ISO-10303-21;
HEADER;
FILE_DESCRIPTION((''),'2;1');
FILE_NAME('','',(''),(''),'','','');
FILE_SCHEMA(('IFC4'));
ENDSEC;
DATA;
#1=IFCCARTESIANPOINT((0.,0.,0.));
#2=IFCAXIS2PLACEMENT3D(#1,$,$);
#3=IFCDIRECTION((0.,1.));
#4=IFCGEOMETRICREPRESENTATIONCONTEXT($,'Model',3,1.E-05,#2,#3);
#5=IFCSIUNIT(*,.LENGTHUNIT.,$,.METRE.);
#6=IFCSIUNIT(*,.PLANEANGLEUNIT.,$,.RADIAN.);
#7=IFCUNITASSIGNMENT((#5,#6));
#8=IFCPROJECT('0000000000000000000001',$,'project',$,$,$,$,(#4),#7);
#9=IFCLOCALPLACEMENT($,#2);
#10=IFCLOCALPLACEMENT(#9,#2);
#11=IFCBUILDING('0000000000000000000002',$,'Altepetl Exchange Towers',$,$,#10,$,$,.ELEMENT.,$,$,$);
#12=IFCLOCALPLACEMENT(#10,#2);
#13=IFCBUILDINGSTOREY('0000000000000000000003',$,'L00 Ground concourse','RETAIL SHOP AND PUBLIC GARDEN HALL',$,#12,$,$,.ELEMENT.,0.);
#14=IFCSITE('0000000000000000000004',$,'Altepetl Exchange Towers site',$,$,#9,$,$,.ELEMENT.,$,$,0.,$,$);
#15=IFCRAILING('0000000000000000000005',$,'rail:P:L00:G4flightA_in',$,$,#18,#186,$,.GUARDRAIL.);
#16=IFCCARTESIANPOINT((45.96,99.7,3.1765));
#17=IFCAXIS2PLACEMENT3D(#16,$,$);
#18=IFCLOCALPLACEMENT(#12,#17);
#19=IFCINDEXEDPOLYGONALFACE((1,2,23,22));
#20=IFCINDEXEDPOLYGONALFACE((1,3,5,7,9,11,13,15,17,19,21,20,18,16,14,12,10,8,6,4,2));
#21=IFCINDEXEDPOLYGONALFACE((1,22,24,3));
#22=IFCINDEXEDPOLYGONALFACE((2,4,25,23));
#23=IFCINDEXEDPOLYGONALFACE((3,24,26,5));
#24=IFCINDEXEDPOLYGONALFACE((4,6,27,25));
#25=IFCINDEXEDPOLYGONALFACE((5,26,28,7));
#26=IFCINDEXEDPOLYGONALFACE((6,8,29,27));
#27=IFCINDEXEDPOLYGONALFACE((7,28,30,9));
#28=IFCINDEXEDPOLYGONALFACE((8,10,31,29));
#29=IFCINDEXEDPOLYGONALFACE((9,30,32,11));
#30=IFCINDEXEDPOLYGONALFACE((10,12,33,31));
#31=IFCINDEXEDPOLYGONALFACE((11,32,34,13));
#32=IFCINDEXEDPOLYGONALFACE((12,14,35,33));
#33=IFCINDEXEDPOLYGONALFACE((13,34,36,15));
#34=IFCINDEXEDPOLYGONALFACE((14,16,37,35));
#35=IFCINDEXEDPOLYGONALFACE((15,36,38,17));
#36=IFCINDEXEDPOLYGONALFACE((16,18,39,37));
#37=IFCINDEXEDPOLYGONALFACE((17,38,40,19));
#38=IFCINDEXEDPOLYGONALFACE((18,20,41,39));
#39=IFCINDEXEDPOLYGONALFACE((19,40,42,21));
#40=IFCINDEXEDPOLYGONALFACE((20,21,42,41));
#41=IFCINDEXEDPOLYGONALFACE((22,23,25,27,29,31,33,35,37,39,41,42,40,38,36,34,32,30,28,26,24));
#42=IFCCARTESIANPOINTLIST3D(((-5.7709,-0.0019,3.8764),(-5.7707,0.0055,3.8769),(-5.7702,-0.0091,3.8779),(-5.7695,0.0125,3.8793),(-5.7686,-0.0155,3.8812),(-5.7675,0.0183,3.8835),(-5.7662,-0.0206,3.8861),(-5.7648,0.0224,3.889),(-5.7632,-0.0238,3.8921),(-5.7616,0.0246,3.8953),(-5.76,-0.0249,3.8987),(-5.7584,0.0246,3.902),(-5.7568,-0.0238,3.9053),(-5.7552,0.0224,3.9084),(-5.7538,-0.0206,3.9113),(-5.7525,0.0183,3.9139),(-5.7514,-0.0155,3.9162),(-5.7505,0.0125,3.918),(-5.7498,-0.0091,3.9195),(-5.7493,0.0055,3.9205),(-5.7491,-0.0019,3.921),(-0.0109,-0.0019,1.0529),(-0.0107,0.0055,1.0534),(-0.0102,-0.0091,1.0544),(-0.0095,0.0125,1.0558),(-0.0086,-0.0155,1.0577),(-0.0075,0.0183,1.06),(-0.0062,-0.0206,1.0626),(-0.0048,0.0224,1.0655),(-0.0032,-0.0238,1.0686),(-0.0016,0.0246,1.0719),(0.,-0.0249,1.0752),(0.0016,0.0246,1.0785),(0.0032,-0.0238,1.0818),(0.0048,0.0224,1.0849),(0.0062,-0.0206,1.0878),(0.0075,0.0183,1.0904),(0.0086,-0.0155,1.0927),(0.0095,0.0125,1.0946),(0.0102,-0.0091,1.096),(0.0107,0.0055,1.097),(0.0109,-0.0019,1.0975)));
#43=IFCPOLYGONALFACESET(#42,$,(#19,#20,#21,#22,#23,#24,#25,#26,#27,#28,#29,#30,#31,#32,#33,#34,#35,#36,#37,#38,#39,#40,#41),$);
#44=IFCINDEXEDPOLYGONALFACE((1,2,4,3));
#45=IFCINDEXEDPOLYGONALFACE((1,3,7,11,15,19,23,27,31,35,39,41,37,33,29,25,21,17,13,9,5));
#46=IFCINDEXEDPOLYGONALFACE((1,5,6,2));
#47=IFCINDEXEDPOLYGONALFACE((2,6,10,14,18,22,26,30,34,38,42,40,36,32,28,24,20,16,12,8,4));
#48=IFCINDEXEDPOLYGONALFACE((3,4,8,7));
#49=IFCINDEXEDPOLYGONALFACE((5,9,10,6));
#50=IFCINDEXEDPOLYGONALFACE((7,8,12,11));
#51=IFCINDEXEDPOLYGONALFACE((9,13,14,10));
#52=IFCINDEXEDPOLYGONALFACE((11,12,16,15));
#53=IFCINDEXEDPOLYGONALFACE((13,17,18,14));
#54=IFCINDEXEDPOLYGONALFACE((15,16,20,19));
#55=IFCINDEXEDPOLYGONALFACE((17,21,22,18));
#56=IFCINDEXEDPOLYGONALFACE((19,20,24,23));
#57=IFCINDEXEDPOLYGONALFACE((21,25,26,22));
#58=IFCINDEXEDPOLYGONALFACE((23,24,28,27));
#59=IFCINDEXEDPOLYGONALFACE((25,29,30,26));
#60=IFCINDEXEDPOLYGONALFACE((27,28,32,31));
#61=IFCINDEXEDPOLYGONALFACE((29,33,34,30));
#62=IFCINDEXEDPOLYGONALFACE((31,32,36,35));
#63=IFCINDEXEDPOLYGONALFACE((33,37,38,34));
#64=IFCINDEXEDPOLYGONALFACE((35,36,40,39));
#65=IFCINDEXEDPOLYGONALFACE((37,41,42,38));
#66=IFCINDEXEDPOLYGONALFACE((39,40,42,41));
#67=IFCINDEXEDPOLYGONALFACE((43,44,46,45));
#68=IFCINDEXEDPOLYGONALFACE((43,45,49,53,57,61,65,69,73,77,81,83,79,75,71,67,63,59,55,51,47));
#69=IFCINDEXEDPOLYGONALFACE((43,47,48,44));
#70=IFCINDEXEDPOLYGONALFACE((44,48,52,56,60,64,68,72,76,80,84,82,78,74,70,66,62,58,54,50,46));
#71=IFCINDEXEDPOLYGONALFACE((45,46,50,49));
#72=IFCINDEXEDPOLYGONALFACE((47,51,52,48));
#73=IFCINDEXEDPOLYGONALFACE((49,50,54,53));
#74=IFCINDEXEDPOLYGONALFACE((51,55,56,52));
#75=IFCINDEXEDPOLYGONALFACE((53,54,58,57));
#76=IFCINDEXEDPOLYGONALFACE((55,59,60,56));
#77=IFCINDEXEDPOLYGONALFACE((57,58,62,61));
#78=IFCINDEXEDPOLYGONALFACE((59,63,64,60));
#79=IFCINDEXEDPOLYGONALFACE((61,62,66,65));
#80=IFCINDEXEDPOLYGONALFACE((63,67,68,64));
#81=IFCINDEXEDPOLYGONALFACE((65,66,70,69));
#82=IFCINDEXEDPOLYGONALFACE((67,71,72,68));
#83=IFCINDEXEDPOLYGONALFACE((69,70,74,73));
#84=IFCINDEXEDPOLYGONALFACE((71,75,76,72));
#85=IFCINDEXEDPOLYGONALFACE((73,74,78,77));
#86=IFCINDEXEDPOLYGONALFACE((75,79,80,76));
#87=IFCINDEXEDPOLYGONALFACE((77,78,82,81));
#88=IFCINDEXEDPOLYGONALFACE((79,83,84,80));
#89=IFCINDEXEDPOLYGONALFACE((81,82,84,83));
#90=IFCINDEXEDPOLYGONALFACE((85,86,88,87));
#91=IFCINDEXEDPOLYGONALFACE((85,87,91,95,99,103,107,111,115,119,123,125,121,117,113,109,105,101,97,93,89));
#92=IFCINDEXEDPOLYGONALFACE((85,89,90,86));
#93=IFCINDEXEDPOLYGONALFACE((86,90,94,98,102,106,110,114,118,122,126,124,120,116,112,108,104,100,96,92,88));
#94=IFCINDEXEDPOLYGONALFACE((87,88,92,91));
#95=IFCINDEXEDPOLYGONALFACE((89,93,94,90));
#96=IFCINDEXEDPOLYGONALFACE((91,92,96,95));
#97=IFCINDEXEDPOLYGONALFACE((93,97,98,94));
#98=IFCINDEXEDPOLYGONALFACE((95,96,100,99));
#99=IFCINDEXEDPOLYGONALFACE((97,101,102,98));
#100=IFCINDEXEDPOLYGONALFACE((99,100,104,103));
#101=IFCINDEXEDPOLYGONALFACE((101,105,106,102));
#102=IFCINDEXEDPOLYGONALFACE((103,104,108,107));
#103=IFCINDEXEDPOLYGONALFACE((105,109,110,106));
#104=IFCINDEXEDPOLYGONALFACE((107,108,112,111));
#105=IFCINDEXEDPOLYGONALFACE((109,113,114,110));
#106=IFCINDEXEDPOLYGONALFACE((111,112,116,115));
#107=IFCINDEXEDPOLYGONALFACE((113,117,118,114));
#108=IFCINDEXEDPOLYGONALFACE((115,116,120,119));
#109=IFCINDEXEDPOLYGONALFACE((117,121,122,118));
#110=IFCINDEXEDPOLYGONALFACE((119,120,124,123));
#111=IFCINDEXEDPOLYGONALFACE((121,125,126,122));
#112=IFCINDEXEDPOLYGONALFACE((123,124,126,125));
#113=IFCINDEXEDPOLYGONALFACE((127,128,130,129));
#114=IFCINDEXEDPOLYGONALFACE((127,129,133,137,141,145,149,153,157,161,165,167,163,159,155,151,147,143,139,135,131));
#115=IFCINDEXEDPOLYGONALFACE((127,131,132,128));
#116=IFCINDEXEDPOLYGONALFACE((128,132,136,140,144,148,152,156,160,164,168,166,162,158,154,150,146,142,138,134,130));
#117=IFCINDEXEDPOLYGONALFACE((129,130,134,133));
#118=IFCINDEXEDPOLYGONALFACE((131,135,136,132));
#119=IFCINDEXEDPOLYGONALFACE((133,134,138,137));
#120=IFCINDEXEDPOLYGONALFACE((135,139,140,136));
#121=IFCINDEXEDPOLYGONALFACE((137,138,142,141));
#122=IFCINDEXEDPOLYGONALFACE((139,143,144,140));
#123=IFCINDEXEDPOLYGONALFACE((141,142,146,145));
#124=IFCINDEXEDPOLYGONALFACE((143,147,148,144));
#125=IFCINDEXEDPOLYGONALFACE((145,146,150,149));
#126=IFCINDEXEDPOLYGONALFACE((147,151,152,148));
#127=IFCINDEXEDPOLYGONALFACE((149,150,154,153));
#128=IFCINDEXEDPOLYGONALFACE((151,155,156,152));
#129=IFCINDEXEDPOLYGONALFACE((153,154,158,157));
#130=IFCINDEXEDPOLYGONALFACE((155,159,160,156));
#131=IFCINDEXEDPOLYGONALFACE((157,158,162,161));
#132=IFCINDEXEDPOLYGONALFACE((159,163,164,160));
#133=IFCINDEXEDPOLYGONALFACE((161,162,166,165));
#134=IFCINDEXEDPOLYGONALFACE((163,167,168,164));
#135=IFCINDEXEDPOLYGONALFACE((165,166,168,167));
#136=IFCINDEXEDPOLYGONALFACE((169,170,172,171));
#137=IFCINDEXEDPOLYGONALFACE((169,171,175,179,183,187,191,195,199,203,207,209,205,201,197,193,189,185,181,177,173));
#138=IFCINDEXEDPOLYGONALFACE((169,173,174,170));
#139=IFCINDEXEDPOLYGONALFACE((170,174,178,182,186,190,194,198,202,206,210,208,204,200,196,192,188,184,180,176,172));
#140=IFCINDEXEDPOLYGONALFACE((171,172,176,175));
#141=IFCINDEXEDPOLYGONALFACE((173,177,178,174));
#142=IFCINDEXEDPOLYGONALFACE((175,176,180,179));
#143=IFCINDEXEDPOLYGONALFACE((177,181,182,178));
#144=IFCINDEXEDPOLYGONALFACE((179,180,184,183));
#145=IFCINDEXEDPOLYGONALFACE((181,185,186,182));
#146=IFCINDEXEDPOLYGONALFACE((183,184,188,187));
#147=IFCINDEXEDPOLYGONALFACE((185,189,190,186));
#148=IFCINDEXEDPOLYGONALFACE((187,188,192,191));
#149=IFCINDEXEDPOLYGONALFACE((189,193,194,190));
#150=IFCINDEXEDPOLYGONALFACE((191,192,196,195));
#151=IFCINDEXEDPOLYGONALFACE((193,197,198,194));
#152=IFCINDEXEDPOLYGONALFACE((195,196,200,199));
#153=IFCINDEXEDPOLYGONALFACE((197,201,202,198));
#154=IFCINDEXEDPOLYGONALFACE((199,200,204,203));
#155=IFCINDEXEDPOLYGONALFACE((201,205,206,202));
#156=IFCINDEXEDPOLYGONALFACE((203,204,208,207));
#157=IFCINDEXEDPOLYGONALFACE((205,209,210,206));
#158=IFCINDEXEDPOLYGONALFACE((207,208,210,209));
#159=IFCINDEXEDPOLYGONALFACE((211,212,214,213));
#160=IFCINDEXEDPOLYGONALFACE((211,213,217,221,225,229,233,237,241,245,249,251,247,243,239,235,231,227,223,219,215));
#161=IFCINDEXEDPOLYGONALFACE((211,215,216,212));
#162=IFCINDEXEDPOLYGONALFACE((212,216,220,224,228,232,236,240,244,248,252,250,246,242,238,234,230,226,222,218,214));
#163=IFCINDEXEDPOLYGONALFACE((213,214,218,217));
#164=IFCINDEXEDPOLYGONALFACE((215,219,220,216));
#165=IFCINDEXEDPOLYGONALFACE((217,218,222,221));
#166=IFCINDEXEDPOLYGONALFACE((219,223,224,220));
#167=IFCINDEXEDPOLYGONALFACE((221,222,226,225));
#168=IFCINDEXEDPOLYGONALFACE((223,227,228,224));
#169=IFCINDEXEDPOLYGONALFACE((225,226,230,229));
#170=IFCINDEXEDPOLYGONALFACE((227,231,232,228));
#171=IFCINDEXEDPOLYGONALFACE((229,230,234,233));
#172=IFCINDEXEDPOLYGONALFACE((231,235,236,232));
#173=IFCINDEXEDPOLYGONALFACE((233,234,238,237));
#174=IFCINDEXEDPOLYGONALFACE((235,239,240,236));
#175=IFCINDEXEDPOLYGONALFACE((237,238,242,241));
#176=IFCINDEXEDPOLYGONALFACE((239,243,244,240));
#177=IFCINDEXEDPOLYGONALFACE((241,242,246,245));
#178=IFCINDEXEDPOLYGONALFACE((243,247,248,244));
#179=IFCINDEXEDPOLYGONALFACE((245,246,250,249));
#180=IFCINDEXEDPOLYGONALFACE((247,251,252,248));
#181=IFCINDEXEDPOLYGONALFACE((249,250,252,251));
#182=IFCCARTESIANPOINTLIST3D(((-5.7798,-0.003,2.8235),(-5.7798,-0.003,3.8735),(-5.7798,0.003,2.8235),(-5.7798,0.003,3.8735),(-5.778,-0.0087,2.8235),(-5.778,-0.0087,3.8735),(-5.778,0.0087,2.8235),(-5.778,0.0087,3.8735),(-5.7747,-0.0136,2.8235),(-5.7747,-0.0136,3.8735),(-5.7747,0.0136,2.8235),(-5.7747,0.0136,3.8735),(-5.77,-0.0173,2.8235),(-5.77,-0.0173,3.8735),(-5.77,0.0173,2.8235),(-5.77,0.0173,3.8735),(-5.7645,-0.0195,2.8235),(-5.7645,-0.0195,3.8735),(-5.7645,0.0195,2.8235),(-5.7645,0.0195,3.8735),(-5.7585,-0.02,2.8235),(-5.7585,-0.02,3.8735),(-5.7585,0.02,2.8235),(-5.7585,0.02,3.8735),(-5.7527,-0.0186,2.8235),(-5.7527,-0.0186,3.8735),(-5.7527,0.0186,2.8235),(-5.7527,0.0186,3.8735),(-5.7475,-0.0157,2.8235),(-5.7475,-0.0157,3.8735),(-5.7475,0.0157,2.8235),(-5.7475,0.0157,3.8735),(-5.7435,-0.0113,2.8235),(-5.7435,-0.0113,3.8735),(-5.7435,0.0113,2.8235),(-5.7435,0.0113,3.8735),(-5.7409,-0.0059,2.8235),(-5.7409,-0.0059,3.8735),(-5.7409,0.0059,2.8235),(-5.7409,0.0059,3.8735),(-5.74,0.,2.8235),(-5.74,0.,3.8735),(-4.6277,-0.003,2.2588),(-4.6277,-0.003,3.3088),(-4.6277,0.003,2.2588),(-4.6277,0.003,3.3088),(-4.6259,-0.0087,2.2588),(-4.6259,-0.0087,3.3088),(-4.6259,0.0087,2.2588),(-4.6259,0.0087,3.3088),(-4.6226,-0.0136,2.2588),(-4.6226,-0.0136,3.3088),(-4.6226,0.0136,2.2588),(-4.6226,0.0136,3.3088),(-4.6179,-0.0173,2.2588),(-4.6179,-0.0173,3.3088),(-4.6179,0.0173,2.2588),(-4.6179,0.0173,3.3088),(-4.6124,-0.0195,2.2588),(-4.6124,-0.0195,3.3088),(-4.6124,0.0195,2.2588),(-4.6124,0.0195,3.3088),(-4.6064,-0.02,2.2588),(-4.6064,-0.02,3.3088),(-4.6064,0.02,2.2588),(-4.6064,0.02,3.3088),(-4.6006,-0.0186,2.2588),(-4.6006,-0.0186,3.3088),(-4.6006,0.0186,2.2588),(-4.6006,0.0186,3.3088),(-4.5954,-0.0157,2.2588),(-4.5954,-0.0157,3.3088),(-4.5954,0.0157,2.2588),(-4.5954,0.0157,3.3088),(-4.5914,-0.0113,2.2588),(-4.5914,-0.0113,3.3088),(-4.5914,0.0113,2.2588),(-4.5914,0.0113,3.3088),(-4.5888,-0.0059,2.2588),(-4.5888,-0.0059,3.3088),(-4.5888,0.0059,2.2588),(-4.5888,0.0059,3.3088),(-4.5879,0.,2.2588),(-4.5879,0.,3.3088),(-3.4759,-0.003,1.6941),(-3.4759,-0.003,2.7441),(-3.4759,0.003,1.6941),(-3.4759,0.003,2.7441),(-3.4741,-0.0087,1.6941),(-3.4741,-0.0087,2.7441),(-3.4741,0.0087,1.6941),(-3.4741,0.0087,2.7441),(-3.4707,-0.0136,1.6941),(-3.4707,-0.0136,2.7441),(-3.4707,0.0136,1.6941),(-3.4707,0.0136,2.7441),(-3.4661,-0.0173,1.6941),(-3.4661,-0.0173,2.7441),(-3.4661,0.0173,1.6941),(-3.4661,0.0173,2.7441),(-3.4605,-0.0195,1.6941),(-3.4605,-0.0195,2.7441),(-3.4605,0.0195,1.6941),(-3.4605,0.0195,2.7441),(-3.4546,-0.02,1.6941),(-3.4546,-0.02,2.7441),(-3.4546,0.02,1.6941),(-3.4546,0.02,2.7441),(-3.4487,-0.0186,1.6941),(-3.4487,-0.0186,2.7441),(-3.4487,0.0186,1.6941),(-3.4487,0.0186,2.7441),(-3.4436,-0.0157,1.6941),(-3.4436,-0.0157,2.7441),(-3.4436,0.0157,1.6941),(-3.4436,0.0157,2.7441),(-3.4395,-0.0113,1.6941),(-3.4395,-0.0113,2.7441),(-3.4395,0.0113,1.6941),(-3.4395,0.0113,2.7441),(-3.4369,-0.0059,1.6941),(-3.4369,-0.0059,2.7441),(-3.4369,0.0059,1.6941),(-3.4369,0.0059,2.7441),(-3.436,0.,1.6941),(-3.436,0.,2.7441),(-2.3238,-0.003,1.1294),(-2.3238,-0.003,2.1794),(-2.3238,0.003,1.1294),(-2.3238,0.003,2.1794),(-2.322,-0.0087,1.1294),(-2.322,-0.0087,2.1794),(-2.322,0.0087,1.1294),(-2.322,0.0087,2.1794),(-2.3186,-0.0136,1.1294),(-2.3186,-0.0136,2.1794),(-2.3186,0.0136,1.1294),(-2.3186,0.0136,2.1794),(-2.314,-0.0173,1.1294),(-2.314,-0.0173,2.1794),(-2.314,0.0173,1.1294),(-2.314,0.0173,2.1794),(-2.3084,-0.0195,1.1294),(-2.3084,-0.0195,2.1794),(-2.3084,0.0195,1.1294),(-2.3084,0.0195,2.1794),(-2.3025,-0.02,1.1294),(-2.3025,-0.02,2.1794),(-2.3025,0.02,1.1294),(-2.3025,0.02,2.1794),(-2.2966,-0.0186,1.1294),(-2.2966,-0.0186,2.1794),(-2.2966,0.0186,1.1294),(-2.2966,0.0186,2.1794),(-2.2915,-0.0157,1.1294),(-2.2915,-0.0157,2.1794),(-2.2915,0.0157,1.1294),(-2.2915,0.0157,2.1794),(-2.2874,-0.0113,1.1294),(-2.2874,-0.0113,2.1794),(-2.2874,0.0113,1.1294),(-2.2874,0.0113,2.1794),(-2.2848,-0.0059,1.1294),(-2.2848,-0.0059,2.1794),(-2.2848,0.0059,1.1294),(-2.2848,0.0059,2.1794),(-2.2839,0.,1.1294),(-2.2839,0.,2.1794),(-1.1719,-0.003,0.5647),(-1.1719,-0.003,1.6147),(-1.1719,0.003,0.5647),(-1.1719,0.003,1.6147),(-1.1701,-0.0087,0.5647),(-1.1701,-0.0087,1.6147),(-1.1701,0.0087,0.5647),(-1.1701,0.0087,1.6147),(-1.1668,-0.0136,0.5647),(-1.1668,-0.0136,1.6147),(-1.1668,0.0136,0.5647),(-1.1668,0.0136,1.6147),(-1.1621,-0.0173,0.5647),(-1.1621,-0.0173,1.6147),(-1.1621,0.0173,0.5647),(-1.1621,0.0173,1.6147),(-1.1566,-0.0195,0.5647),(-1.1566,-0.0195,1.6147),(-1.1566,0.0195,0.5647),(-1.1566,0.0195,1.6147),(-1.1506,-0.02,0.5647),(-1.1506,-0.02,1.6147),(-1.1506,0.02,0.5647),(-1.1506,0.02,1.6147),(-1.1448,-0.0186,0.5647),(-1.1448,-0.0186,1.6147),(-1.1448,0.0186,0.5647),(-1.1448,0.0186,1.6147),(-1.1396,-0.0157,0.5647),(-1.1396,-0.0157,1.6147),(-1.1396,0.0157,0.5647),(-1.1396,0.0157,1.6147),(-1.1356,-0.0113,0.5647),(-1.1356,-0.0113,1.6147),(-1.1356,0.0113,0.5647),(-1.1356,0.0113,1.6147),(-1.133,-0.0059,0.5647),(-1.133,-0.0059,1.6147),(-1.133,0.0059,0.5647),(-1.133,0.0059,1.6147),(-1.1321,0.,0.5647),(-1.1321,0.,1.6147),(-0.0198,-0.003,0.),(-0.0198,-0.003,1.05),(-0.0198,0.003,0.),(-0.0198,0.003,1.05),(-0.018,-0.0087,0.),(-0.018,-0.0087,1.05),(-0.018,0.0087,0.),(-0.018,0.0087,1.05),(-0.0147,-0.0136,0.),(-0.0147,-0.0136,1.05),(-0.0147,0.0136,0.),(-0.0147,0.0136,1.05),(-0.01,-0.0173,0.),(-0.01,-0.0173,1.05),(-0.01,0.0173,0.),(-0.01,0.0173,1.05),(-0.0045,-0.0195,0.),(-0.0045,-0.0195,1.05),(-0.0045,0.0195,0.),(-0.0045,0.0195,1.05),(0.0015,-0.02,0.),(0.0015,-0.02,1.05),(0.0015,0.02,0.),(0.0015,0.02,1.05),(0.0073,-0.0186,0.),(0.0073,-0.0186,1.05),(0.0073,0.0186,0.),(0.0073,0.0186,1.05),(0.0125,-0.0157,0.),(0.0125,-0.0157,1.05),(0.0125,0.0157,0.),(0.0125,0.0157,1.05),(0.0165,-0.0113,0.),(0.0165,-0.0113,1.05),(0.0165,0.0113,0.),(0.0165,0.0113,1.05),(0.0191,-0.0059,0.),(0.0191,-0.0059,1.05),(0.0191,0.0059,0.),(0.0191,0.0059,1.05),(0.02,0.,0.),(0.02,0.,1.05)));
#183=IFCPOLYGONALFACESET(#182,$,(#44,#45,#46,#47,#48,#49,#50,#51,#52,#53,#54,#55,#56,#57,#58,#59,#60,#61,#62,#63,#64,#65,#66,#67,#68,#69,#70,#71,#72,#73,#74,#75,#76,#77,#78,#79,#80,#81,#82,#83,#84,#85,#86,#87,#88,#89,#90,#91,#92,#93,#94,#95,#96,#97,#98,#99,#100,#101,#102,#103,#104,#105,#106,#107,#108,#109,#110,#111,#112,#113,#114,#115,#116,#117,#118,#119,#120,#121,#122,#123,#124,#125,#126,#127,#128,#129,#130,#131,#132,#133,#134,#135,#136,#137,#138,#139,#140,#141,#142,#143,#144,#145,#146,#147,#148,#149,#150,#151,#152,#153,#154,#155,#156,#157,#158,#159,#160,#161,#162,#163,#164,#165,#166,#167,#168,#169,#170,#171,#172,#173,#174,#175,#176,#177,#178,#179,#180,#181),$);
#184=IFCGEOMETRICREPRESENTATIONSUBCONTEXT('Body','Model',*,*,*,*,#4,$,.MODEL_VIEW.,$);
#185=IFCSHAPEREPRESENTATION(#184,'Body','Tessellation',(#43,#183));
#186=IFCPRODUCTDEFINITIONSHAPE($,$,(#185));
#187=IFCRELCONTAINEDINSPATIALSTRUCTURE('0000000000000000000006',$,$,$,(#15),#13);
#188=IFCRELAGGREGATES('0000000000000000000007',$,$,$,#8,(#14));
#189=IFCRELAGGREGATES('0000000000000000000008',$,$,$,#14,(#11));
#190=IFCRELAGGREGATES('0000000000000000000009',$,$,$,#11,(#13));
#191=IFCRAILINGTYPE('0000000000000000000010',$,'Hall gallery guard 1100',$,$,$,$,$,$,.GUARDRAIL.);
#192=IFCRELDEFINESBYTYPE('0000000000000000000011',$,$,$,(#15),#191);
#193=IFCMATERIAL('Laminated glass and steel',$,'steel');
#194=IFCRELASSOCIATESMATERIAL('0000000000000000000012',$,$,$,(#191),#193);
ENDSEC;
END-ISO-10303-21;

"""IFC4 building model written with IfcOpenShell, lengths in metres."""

from ifc_helpers import new_model, si_unit, direction, frame, origin, origin_2d, place, context, subcontext, project, spatial, circle, extrude, source, transform, mapped, material, type_object, element, save


model = new_model("IFC4")

# Units and contexts
model_context = context("Model", 3, precision=1e-05, world=origin(), true_north=direction((0.0, 1.0)))
body_context = subcontext(model_context, "Body", "Model", "MODEL_VIEW")
ifc_project = project(units=[si_unit("LENGTHUNIT", "METRE"), si_unit("PLANEANGLEUNIT", "RADIAN")], contexts=[model_context])

# Site, building, storey
site_placement = place(None, origin())
site = spatial("IfcSite", under=ifc_project, at=site_placement, Name="Altepetl Exchange Towers site", CompositionType="ELEMENT", RefElevation=0.0)
building_placement = place(site_placement, origin())
building = spatial("IfcBuilding", under=site, at=building_placement, Name="Altepetl Exchange Towers", CompositionType="ELEMENT")
storey_placement = place(building_placement, origin())
storey = spatial("IfcBuildingStorey", under=building, at=storey_placement, Name="L00 Ground concourse", Description="RETAIL SHOP AND PUBLIC GARDEN HALL", CompositionType="ELEMENT", Elevation=0.0)

# Railing
ifc_material_1 = material(Name="Laminated glass and steel", Category="steel")
railing_type_1 = type_object("IfcRailingType", Name="Hall gallery guard 1100", PredefinedType="GUARDRAIL", material=ifc_material_1)
shared_shape_1 = source(origin(), body_context, "Body", "SweptSolid", [
    extrude(circle(Radius=0.02, at=origin_2d()), origin(), (0.0, 0.0, 1.0), 1.05),
])
for number, where, name in (
    (1, (45.96, 99.7, 3.1765), "rail:P:L00:G4flightA_in"),
):
    element("IfcRailing", number, at=place(storey_placement, frame(where)), inside=storey, type_object=railing_type_1, Name=name, PredefinedType="GUARDRAIL", context=body_context, shape_type="SweptSolid", body=[
        extrude(circle(Radius=0.0249, at=origin_2d()), frame((0.0, 0.0, 1.0752), z_axis=(-0.897924, 0.0, 0.440151), x_axis=(0.0, -1.0, 0.0)), (0.0, 0.0, 1.0), 6.4148),
        mapped(shared_shape_1, transform((0.0, 0.0, 0.0))),
        mapped(shared_shape_1, transform((-1.1521, 0.0, 0.5647))),
        mapped(shared_shape_1, transform((-2.304, 0.0, 1.1294))),
        mapped(shared_shape_1, transform((-3.4561, 0.0, 1.6941))),
        mapped(shared_shape_1, transform((-4.6079, 0.0, 2.2588))),
        mapped(shared_shape_1, transform((-5.76, 0.0, 2.8235))),
    ])

save(model, "model.ifc")
